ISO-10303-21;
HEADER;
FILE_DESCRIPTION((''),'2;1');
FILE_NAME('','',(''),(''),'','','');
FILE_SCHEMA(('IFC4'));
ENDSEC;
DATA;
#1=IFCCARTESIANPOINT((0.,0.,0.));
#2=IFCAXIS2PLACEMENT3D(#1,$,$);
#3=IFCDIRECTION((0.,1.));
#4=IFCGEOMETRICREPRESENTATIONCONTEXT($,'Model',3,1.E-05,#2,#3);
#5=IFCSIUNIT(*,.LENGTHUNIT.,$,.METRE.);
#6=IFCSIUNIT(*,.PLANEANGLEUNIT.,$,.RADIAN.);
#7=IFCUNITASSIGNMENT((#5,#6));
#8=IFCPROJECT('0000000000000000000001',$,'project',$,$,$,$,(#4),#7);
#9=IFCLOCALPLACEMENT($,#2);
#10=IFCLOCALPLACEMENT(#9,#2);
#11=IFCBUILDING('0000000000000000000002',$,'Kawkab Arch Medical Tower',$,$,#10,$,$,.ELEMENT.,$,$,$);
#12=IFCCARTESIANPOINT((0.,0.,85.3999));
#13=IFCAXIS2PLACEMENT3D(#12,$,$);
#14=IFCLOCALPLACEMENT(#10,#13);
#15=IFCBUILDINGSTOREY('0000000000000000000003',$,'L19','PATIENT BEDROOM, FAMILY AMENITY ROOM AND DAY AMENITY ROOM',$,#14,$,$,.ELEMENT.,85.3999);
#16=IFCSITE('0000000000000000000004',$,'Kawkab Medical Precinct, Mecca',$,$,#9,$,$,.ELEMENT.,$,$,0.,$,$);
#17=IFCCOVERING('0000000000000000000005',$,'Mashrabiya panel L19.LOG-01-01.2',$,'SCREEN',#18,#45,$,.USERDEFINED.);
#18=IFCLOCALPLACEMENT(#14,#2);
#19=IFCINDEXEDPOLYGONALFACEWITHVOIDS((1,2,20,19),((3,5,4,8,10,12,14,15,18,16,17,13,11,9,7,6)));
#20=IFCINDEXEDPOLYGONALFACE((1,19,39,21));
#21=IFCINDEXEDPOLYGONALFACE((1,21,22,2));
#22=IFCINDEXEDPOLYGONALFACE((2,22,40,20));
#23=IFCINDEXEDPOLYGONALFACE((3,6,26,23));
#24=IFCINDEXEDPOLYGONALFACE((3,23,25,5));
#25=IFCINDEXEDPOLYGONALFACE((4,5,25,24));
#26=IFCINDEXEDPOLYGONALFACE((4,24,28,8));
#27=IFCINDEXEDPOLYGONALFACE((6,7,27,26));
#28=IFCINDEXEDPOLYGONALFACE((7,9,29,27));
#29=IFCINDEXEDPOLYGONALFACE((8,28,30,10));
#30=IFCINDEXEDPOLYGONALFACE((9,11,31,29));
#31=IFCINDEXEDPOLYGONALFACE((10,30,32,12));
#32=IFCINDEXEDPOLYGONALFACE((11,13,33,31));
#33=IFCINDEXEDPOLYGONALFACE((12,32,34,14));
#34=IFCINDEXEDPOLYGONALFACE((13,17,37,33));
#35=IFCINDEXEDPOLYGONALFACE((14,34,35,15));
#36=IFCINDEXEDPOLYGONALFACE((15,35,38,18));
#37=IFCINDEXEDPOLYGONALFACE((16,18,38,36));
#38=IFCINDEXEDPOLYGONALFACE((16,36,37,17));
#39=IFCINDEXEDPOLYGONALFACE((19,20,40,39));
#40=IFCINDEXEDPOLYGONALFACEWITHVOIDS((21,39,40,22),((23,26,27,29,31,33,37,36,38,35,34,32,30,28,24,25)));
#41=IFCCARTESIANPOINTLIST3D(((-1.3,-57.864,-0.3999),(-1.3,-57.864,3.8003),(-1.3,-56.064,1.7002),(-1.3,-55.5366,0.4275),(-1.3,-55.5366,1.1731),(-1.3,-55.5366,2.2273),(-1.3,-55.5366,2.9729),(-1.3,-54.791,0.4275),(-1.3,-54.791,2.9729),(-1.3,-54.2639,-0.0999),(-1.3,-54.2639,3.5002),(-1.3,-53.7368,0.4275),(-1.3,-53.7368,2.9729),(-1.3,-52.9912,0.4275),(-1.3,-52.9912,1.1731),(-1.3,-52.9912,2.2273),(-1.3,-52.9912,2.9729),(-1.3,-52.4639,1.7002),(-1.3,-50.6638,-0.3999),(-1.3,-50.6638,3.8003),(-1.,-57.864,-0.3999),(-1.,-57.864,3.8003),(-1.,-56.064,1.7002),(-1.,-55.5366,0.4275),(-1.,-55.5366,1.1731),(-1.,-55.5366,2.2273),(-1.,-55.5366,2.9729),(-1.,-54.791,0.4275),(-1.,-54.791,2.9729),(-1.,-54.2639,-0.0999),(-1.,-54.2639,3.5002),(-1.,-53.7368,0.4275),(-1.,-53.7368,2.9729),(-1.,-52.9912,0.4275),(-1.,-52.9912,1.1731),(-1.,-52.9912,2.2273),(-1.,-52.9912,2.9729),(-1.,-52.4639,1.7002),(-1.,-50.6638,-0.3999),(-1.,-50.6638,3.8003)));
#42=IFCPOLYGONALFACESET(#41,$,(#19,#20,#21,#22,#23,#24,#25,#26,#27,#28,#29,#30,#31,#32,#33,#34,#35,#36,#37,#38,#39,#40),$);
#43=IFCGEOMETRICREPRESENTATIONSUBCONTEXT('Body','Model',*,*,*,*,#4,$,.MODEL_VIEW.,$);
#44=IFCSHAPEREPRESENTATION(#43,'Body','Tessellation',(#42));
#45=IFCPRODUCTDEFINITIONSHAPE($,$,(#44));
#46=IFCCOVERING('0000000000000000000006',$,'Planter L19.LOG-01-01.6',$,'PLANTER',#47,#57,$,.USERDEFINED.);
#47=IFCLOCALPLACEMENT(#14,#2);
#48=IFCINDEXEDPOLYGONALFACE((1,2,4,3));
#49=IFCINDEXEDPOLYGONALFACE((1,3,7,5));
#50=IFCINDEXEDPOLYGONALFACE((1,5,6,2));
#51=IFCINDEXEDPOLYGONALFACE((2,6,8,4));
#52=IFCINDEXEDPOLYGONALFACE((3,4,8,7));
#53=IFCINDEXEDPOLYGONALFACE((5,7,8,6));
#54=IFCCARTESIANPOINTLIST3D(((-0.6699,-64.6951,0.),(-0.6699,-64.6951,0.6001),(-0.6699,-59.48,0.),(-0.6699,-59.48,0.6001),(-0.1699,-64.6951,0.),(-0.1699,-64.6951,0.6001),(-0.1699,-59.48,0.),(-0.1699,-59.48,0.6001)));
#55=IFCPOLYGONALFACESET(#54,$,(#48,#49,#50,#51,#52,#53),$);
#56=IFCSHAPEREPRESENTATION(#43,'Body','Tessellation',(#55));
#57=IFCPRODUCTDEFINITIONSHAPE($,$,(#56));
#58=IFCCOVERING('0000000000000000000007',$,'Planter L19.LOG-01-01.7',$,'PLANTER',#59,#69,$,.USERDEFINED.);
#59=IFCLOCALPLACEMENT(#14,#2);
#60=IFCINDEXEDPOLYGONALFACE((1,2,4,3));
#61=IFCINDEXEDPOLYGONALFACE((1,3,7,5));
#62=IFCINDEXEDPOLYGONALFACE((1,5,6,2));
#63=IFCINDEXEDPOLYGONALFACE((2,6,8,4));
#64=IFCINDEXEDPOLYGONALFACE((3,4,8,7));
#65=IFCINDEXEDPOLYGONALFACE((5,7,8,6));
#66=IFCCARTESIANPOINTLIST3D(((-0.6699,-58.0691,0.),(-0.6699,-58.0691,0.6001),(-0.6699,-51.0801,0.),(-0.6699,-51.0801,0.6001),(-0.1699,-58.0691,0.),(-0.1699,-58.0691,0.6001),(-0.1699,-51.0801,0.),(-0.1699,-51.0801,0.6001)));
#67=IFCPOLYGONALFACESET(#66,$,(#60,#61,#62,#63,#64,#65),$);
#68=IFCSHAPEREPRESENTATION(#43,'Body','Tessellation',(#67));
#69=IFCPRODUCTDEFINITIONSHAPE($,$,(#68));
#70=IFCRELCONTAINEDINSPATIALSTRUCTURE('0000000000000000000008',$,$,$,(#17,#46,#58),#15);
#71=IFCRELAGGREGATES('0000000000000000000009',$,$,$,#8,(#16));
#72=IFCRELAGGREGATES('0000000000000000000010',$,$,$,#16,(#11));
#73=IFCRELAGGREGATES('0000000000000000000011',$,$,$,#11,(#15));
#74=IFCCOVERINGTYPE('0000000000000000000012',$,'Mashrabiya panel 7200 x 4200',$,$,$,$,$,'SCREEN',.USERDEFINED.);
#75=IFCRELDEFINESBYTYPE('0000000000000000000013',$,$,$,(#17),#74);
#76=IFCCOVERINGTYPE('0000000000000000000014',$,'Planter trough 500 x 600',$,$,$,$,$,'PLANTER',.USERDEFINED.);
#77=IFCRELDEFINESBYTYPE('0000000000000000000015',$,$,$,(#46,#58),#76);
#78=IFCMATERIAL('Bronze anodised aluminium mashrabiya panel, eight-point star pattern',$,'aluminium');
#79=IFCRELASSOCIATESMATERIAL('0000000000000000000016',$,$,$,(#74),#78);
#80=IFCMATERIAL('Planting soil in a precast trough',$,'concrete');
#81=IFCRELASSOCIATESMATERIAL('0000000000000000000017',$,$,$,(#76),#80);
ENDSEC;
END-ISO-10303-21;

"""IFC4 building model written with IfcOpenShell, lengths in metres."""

from ifc_helpers import new_model, si_unit, direction, frame, origin, origin_2d, place, context, subcontext, project, spatial, polyline, rectangle, outline, extrude, material, material_profile, profile_set, type_object, element, save


model = new_model("IFC4")

# Units and contexts
model_context = context("Model", 3, precision=1e-05, world=origin(), true_north=direction((0.0, 1.0)))
body_context = subcontext(model_context, "Body", "Model", "MODEL_VIEW")
ifc_project = project(units=[si_unit("LENGTHUNIT", "METRE"), si_unit("PLANEANGLEUNIT", "RADIAN")], contexts=[model_context])

# Site, building, storey
site_placement = place(None, origin())
site = spatial("IfcSite", under=ifc_project, at=site_placement, Name="Kawkab Medical Precinct, Mecca", CompositionType="ELEMENT", RefElevation=0.0)
building_placement = place(site_placement, origin())
building = spatial("IfcBuilding", under=site, at=building_placement, Name="Kawkab Arch Medical Tower", CompositionType="ELEMENT")
storey_placement = place(building_placement, frame((0.0, 0.0, 85.3999)))
storey = spatial("IfcBuildingStorey", under=building, at=storey_placement, Name="L19", Description="PATIENT BEDROOM, FAMILY AMENITY ROOM AND DAY AMENITY ROOM", CompositionType="ELEMENT", Elevation=85.3999)

# Coverings
ifc_material_1 = material(Name="Bronze anodised aluminium mashrabiya panel, eight-point star pattern", Category="aluminium")
ifc_material_profile_1 = material_profile(ifc_material_1, outline(polyline([(-3.6001, -2.1001), (3.6001, -2.1001), (3.6001, 2.1001), (-3.6001, 2.1001), (-3.6001, -2.1001)]), holes=[polyline([(1.8, 0.0), (1.2727, 0.5271), (1.2727, 1.2727), (0.5271, 1.2727), (0.0, 1.8), (-0.5271, 1.2727), (-1.2727, 1.2727), (-1.2727, 0.5271), (-1.8, 0.0), (-1.2727, -0.5271), (-1.2727, -1.2727), (-0.5271, -1.2727), (0.0, -1.8), (0.5271, -1.2727), (1.2727, -1.2727), (1.2727, -0.5271), (1.8, 0.0)])]), Name="Mashrabiya panel 7200x4200")
ifc_profile_set_1 = profile_set([ifc_material_profile_1], Name="Bronze anodised aluminium mashrabiya panel, eight-point star pattern")
covering_type_1 = type_object("IfcCoveringType", Name="Mashrabiya panel 7200 x 4200", ElementType="SCREEN", PredefinedType="USERDEFINED", material=ifc_profile_set_1)
covering_1_placement = place(storey_placement, frame((-1.0, -54.2639, 1.7002), z_axis=(-1.0, 0.0, 0.0), x_axis=(0.0, -1.0, 0.0)))
element("IfcCovering", 1, at=covering_1_placement, inside=storey, type_object=covering_type_1, Name="Mashrabiya panel L19.LOG-01-01.2", ObjectType="SCREEN", PredefinedType="USERDEFINED", context=body_context, shape_type="SweptSolid", body=[
    extrude(outline(polyline([(-3.6001, -2.1001), (3.6001, -2.1001), (3.6001, 2.1001), (-3.6001, 2.1001), (-3.6001, -2.1001)]), holes=[polyline([(1.8, 0.0), (1.2727, 0.5271), (1.2727, 1.2727), (0.5271, 1.2727), (0.0, 1.8), (-0.5271, 1.2727), (-1.2727, 1.2727), (-1.2727, 0.5271), (-1.8, 0.0), (-1.2727, -0.5271), (-1.2727, -1.2727), (-0.5271, -1.2727), (0.0, -1.8), (0.5271, -1.2727), (1.2727, -1.2727), (1.2727, -0.5271), (1.8, 0.0)])]), origin(), (0.0, 0.0, 1.0), 0.3),
])
ifc_material_2 = material(Name="Planting soil in a precast trough", Category="concrete")
ifc_material_profile_2 = material_profile(ifc_material_2, rectangle(XDim=0.5, YDim=0.6001, at=origin_2d()), Name="Trough 500x600")
ifc_profile_set_2 = profile_set([ifc_material_profile_2], Name="Planting soil in a precast trough")
covering_type_2 = type_object("IfcCoveringType", Name="Planter trough 500 x 600", ElementType="PLANTER", PredefinedType="USERDEFINED", material=ifc_profile_set_2)
covering_2_placement = place(storey_placement, frame((-0.4199, -64.6951, 0.3), z_axis=(0.0, 1.0, 0.0), x_axis=(-1.0, 0.0, 0.0)))
element("IfcCovering", 2, at=covering_2_placement, inside=storey, type_object=covering_type_2, Name="Planter L19.LOG-01-01.6", ObjectType="PLANTER", PredefinedType="USERDEFINED", context=body_context, shape_type="SweptSolid", body=[
    extrude(rectangle(XDim=0.5, YDim=0.6001, at=origin_2d()), origin(), (0.0, 0.0, 1.0), 5.2151),
])
covering_3_placement = place(storey_placement, frame((-0.4199, -58.0691, 0.3), z_axis=(0.0, 1.0, 0.0), x_axis=(-1.0, 0.0, 0.0)))
element("IfcCovering", 3, at=covering_3_placement, inside=storey, type_object=covering_type_2, Name="Planter L19.LOG-01-01.7", ObjectType="PLANTER", PredefinedType="USERDEFINED", context=body_context, shape_type="SweptSolid", body=[
    extrude(rectangle(XDim=0.5, YDim=0.6001, at=origin_2d()), origin(), (0.0, 0.0, 1.0), 6.989),
])

save(model, "model.ifc")
